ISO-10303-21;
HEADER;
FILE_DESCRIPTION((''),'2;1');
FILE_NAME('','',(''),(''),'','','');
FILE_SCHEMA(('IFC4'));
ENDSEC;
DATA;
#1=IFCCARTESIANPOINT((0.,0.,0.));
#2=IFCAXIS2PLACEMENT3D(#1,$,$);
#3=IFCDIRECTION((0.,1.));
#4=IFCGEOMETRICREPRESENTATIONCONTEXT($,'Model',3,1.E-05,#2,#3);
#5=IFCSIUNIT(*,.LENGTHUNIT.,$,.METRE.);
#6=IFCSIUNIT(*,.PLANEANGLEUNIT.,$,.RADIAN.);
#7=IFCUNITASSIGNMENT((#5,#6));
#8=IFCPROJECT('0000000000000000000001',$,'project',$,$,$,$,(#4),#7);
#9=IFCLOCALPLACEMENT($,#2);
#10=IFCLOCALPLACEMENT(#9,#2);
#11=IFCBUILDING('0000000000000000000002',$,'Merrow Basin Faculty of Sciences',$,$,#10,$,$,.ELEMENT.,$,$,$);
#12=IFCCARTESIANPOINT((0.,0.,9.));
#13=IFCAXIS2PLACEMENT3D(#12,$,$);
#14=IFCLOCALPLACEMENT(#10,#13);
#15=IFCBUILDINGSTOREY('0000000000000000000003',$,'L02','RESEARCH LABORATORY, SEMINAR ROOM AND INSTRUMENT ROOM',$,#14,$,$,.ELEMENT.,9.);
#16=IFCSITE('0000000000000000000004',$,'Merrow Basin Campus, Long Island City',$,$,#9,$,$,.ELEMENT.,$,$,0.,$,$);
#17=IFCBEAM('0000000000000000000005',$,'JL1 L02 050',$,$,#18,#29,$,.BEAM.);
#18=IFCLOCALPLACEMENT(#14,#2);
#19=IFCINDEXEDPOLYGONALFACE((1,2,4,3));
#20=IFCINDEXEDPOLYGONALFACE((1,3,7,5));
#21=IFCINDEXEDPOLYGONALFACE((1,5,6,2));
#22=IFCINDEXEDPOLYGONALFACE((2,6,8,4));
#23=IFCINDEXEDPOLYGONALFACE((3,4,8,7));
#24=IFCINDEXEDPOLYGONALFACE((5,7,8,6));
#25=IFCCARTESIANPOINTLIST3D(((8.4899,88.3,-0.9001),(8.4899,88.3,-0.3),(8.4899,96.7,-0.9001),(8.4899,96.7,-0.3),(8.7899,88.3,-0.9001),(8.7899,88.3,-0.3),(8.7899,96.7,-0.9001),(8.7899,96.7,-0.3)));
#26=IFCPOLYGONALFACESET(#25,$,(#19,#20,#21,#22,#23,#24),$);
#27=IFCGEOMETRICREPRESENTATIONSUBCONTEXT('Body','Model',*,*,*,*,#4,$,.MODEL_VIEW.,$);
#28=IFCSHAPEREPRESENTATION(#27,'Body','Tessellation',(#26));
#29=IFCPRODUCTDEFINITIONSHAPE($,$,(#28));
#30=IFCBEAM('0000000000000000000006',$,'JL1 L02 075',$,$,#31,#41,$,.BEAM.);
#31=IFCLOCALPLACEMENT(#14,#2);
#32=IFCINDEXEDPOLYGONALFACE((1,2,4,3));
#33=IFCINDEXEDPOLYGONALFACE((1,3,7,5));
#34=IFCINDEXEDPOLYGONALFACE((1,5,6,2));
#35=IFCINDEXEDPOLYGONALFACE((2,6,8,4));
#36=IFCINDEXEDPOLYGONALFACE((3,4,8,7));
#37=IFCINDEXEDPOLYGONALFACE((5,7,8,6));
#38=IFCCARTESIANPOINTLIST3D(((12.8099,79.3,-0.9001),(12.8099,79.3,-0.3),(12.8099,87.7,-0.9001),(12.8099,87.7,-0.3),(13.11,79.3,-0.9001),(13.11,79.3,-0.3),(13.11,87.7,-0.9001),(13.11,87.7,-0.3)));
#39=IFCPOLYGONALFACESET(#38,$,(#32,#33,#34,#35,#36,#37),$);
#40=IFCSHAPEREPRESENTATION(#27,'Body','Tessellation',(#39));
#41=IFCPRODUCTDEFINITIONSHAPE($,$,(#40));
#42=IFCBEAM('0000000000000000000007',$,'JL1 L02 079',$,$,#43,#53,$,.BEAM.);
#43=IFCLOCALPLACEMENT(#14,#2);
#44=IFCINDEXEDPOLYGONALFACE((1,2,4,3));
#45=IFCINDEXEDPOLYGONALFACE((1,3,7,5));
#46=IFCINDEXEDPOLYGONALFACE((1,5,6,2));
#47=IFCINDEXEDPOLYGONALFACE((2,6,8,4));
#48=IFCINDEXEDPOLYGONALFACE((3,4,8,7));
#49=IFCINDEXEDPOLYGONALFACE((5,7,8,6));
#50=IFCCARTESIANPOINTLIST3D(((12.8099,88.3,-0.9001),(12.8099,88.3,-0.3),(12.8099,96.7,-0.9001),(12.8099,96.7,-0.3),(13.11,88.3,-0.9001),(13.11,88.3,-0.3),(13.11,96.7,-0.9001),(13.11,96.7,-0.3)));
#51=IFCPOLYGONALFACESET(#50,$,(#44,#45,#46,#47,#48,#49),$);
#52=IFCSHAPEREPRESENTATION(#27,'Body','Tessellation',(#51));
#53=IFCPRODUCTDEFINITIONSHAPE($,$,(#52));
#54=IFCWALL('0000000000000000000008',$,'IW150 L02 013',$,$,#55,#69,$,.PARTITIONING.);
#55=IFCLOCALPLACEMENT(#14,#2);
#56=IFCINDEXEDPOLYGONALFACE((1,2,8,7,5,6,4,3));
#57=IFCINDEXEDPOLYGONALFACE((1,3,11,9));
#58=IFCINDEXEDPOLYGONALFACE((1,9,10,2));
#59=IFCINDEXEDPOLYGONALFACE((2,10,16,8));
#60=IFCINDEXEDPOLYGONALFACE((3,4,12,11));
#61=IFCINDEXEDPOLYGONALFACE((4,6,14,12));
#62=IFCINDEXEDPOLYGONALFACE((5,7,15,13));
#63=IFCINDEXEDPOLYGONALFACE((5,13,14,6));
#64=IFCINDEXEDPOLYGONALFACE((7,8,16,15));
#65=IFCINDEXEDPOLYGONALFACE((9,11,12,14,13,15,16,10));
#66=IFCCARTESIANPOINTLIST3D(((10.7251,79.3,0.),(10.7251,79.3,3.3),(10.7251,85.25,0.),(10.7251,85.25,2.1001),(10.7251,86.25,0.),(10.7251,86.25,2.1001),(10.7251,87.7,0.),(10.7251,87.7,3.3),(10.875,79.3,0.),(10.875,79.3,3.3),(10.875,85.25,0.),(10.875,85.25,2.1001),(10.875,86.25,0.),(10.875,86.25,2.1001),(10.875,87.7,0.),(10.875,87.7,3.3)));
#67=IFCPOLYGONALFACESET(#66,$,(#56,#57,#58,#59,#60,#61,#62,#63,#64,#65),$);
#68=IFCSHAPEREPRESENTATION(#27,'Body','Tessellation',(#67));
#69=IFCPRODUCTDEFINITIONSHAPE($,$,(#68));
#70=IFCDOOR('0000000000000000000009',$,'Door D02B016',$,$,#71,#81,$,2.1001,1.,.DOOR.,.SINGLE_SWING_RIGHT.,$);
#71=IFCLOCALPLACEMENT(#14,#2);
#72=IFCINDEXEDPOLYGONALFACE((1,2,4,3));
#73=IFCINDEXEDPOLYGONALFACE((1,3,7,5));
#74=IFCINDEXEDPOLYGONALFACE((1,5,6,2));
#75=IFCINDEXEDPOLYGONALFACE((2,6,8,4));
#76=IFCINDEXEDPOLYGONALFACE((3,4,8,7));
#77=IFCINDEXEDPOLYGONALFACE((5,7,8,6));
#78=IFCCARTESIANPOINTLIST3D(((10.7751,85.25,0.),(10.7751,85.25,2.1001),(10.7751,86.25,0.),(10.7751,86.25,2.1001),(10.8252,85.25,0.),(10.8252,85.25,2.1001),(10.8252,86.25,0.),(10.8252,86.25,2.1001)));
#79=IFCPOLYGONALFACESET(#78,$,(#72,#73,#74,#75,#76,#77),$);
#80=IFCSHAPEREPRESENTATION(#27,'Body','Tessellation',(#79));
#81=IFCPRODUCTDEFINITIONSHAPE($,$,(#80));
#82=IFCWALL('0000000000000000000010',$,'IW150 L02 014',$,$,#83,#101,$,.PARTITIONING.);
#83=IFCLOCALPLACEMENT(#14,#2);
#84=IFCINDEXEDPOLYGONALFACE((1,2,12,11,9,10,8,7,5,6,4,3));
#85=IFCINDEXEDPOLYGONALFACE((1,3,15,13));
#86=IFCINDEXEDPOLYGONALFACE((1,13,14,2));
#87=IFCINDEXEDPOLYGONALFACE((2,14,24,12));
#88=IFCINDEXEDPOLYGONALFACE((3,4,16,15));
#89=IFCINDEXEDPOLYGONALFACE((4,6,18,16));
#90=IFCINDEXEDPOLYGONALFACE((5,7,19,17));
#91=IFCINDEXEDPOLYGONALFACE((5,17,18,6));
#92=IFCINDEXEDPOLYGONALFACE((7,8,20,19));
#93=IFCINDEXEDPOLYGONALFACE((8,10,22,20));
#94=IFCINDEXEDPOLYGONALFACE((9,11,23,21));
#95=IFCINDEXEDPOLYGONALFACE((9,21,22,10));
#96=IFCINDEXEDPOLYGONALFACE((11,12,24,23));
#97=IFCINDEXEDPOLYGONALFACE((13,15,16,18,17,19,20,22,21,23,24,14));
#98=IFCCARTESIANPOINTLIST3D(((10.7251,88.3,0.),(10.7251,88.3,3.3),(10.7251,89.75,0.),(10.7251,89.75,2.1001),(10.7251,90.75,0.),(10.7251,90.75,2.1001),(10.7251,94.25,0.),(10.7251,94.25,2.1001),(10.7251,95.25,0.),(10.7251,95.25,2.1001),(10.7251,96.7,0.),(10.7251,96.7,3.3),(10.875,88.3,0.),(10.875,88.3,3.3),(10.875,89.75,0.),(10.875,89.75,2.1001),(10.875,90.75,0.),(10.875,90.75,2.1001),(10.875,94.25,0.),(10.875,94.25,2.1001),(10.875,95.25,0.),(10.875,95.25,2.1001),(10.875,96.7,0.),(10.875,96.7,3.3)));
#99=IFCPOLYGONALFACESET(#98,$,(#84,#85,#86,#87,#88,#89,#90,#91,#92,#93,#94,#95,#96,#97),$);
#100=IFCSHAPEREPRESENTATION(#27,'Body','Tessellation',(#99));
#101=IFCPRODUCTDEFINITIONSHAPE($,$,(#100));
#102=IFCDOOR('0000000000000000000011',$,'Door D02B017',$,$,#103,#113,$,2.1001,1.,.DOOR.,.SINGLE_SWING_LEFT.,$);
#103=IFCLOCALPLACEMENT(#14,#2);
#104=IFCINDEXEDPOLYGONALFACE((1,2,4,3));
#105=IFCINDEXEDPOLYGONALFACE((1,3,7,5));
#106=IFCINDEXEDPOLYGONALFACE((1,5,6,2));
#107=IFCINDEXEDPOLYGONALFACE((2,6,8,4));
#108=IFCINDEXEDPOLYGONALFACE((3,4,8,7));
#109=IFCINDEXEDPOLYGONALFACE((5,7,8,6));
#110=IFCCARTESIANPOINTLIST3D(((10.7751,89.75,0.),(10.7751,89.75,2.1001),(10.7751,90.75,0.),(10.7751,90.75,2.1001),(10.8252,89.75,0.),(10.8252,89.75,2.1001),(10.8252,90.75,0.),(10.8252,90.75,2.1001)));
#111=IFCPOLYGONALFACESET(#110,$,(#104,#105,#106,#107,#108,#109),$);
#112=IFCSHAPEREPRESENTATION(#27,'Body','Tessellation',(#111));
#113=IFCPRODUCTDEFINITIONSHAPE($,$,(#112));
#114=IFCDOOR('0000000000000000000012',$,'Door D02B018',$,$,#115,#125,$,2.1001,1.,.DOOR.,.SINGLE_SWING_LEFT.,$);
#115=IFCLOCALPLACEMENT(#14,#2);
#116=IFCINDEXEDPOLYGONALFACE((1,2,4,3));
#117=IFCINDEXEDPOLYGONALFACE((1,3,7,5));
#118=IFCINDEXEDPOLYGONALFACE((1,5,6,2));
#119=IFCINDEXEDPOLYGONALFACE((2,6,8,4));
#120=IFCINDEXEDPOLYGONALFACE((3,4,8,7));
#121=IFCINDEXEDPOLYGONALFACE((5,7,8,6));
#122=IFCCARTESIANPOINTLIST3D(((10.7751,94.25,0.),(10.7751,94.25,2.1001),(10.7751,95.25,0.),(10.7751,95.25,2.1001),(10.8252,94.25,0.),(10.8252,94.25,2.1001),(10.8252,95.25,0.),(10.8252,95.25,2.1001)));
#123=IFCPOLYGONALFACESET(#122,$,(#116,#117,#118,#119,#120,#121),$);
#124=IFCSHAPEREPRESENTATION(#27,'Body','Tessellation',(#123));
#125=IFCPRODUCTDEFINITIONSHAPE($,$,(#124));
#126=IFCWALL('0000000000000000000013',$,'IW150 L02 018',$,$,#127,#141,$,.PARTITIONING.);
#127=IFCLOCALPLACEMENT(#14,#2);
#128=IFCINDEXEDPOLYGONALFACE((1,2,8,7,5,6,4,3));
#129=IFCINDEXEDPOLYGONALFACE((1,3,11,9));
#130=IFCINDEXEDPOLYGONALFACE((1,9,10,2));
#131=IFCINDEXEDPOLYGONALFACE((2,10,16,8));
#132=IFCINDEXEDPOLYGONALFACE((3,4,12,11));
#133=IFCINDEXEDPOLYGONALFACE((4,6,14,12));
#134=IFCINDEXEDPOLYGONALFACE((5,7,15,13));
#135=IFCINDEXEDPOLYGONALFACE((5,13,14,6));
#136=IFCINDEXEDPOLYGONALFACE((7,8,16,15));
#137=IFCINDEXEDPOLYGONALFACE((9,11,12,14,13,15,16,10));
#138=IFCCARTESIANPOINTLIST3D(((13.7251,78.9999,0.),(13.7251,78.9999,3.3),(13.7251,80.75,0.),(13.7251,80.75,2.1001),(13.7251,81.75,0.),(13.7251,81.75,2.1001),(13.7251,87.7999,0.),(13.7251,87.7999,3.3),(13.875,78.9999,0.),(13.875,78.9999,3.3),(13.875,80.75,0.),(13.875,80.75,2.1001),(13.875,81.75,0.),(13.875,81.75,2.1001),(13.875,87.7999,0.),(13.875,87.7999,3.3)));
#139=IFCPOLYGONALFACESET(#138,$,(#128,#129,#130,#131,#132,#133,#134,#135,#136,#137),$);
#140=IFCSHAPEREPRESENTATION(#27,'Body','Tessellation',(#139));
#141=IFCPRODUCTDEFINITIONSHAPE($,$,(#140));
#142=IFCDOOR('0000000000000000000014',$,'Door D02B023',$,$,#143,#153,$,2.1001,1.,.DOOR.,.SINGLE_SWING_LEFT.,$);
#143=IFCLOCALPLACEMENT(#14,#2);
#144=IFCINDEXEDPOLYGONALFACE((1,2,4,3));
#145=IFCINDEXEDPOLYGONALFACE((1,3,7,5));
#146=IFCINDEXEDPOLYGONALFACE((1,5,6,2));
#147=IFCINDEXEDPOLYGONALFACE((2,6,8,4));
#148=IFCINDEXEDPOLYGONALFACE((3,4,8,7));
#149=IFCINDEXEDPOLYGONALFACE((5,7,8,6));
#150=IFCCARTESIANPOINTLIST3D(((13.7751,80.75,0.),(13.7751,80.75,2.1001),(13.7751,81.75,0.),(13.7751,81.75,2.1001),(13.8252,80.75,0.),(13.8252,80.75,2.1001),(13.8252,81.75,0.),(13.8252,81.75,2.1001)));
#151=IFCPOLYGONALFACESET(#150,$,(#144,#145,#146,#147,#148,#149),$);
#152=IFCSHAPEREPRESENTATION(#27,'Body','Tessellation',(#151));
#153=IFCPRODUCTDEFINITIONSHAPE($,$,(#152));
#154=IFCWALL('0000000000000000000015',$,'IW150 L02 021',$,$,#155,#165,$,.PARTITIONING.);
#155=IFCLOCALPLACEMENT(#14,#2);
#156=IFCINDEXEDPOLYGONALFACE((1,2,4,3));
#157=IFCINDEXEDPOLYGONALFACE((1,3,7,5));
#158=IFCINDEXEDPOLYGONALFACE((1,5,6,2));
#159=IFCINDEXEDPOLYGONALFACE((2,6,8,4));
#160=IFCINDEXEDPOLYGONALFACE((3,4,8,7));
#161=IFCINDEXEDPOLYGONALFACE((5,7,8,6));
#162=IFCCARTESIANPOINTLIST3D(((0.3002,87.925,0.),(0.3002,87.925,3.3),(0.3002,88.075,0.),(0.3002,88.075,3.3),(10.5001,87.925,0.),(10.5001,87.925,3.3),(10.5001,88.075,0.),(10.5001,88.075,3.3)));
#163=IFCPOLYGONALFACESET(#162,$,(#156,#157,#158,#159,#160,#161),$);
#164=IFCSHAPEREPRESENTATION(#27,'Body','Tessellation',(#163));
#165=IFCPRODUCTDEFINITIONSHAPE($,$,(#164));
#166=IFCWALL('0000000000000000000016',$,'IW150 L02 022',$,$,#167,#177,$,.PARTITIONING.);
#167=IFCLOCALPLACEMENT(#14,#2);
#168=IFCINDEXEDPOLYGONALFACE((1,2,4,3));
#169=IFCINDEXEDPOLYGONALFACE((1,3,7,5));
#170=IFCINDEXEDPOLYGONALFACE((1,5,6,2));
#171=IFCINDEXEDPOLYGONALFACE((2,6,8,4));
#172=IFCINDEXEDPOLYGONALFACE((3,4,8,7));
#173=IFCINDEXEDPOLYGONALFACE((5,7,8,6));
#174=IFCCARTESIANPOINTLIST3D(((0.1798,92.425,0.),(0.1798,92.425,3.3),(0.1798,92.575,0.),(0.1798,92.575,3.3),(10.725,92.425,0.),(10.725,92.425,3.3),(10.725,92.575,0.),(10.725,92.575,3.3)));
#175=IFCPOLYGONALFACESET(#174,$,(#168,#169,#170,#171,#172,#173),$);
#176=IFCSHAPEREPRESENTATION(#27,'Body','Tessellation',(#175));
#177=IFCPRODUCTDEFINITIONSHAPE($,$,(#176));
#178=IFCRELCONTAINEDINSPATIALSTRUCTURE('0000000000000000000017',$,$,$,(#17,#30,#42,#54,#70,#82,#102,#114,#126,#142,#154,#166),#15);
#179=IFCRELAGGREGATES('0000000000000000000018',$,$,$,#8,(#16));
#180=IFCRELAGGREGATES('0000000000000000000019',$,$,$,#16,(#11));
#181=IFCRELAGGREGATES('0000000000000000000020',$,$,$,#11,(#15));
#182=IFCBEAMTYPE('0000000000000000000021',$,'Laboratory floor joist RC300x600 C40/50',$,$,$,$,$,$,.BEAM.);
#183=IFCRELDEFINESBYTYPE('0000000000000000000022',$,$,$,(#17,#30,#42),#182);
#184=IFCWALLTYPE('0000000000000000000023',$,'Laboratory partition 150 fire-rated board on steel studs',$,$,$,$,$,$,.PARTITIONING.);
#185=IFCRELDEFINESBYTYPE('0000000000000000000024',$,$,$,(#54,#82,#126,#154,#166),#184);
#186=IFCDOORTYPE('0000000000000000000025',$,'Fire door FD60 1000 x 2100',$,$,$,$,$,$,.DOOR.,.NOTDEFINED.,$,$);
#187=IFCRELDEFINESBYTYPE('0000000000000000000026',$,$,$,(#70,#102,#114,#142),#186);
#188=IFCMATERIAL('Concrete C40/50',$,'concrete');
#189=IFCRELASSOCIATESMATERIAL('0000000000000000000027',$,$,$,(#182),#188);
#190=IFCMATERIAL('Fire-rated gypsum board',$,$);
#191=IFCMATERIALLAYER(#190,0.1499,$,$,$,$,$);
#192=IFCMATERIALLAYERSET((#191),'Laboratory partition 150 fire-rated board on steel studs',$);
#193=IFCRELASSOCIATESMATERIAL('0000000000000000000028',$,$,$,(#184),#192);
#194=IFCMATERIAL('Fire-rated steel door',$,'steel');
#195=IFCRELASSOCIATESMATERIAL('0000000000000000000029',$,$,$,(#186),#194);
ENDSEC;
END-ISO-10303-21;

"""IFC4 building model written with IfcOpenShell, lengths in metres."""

from ifc_helpers import new_model, si_unit, direction, frame, frame_2d, origin, origin_2d, place, context, subcontext, project, spatial, rectangle, extrude, material, layer, layer_set, material_profile, profile_set, type_object, element, fill, save


model = new_model("IFC4")

# Units and contexts
model_context = context("Model", 3, precision=1e-05, world=origin(), true_north=direction((0.0, 1.0)))
body_context = subcontext(model_context, "Body", "Model", "MODEL_VIEW")
ifc_project = project(units=[si_unit("LENGTHUNIT", "METRE"), si_unit("PLANEANGLEUNIT", "RADIAN")], contexts=[model_context])

# Site, building, storey
site_placement = place(None, origin())
site = spatial("IfcSite", under=ifc_project, at=site_placement, Name="Merrow Basin Campus, Long Island City", CompositionType="ELEMENT", RefElevation=0.0)
building_placement = place(site_placement, origin())
building = spatial("IfcBuilding", under=site, at=building_placement, Name="Merrow Basin Faculty of Sciences", CompositionType="ELEMENT")
storey_placement = place(building_placement, frame((0.0, 0.0, 9.0)))
storey = spatial("IfcBuildingStorey", under=building, at=storey_placement, Name="L02", Description="RESEARCH LABORATORY, SEMINAR ROOM AND INSTRUMENT ROOM", CompositionType="ELEMENT", Elevation=9.0)

# Beams
ifc_material_1 = material(Name="Concrete C40/50", Category="concrete")
ifc_material_profile_1 = material_profile(ifc_material_1, rectangle(XDim=0.3, YDim=0.6001, at=origin_2d()))
ifc_profile_set_1 = profile_set([ifc_material_profile_1], Name="Concrete C40/50")
beam_type_1 = type_object("IfcBeamType", Name="Laboratory floor joist RC300x600 C40/50", PredefinedType="BEAM", material=ifc_profile_set_1)
for number, where, z_axis, x_axis, name in (
    (1, (8.6399, 88.3, -0.6001), (0.0, 1.0, 0.0), (-1.0, 0.0, 0.0), "JL1 L02 050"),
    (2, (12.96, 79.3, -0.6001), (0.0, 1.0, 0.0), (-1.0, 0.0, 0.0), "JL1 L02 075"),
    (3, (12.96, 88.3, -0.6001), (0.0, 1.0, 0.0), (-1.0, 0.0, 0.0), "JL1 L02 079"),
):
    element("IfcBeam", number, at=place(storey_placement, frame(where, z_axis=z_axis, x_axis=x_axis)), inside=storey, type_object=beam_type_1, Name=name, PredefinedType="BEAM", context=body_context, shape_type="SweptSolid", body=[
        extrude(rectangle(XDim=0.3, YDim=0.6001, at=origin_2d()), origin(), (0.0, 0.0, 1.0), 8.3999),
    ])

# Wall, opening, door
ifc_material_2 = material(Name="Fire-rated gypsum board")
ifc_layer_1 = layer(ifc_material_2, 0.1499)
ifc_layer_set_1 = layer_set([ifc_layer_1], Name="Laboratory partition 150 fire-rated board on steel studs")
wall_type_1 = type_object("IfcWallType", Name="Laboratory partition 150 fire-rated board on steel studs", PredefinedType="PARTITIONING", material=ifc_layer_set_1)
wall_1_placement = place(storey_placement, frame((10.8, 79.3, 0.0), z_axis=(0.0, 0.0, 1.0), x_axis=(0.0, 1.0, 0.0)))
wall_1 = element("IfcWall", 4, at=wall_1_placement, inside=storey, type_object=wall_type_1, Name="IW150 L02 013", PredefinedType="PARTITIONING", context=body_context, shape_type="SweptSolid", body=[
    extrude(rectangle(XDim=8.3999, YDim=0.1499, at=frame_2d((4.2, 0.0))), origin(), (0.0, 0.0, 1.0), 3.3),
])
opening_1_placement = place(wall_1_placement, frame((5.95, 0.0, 0.0)))
opening_1 = element("IfcOpeningElement", 5, at=opening_1_placement, cuts=wall_1, PredefinedType="OPENING", context=body_context, shape_type="SweptSolid", body=[
    extrude(rectangle(XDim=1.0, YDim=2.1001, at=frame_2d((0.5, 1.05))), frame((0.0, 0.085, 0.0), z_axis=(0.0, -1.0, 0.0), x_axis=(1.0, 0.0, 0.0)), (0.0, 0.0, 1.0), 0.1699),
])
ifc_material_3 = material(Name="Fire-rated steel door", Category="steel")
door_type = type_object("IfcDoorType", Name="Fire door FD60 1000 x 2100", OperationType="NOTDEFINED", PredefinedType="DOOR", material=ifc_material_3)
door_1_placement = place(opening_1_placement, origin())
door_1 = element("IfcDoor", 6, at=door_1_placement, inside=storey, type_object=door_type, Name="Door D02B016", OperationType="SINGLE_SWING_RIGHT", OverallHeight=2.1001, OverallWidth=1.0, PredefinedType="DOOR", context=body_context, shape_type="SweptSolid", body=[
    extrude(rectangle(XDim=1.0, YDim=2.1001, at=frame_2d((0.5, 1.05))), frame((0.0, 0.0249, 0.0), z_axis=(0.0, -1.0, 0.0), x_axis=(1.0, 0.0, 0.0)), (0.0, 0.0, 1.0), 0.05),
])
fill(opening_1, door_1)

# Wall, openings, doors
wall_2_placement = place(storey_placement, frame((10.8, 88.3, 0.0), z_axis=(0.0, 0.0, 1.0), x_axis=(0.0, 1.0, 0.0)))
wall_2 = element("IfcWall", 7, at=wall_2_placement, inside=storey, type_object=wall_type_1, Name="IW150 L02 014", PredefinedType="PARTITIONING", context=body_context, shape_type="SweptSolid", body=[
    extrude(rectangle(XDim=8.3999, YDim=0.1499, at=frame_2d((4.2, 0.0))), origin(), (0.0, 0.0, 1.0), 3.3),
])
opening_2_placement = place(wall_2_placement, frame((1.45, 0.0, 0.0)))
opening_2 = element("IfcOpeningElement", 8, at=opening_2_placement, cuts=wall_2, PredefinedType="OPENING", context=body_context, shape_type="SweptSolid", body=[
    extrude(rectangle(XDim=1.0, YDim=2.1001, at=frame_2d((0.5, 1.05))), frame((0.0, 0.085, 0.0), z_axis=(0.0, -1.0, 0.0), x_axis=(1.0, 0.0, 0.0)), (0.0, 0.0, 1.0), 0.1699),
])
opening_3_placement = place(wall_2_placement, frame((5.95, 0.0, 0.0)))
opening_3 = element("IfcOpeningElement", 9, at=opening_3_placement, cuts=wall_2, PredefinedType="OPENING", context=body_context, shape_type="SweptSolid", body=[
    extrude(rectangle(XDim=1.0, YDim=2.1001, at=frame_2d((0.5, 1.05))), frame((0.0, 0.085, 0.0), z_axis=(0.0, -1.0, 0.0), x_axis=(1.0, 0.0, 0.0)), (0.0, 0.0, 1.0), 0.1699),
])
door_2_placement = place(opening_2_placement, origin())
door_2 = element("IfcDoor", 10, at=door_2_placement, inside=storey, type_object=door_type, Name="Door D02B017", OperationType="SINGLE_SWING_LEFT", OverallHeight=2.1001, OverallWidth=1.0, PredefinedType="DOOR", context=body_context, shape_type="SweptSolid", body=[
    extrude(rectangle(XDim=1.0, YDim=2.1001, at=frame_2d((0.5, 1.05))), frame((0.0, 0.0249, 0.0), z_axis=(0.0, -1.0, 0.0), x_axis=(1.0, 0.0, 0.0)), (0.0, 0.0, 1.0), 0.05),
])
fill(opening_2, door_2)
door_3_placement = place(opening_3_placement, origin())
door_3 = element("IfcDoor", 11, at=door_3_placement, inside=storey, type_object=door_type, Name="Door D02B018", OperationType="SINGLE_SWING_LEFT", OverallHeight=2.1001, OverallWidth=1.0, PredefinedType="DOOR", context=body_context, shape_type="SweptSolid", body=[
    extrude(rectangle(XDim=1.0, YDim=2.1001, at=frame_2d((0.5, 1.05))), frame((0.0, 0.0249, 0.0), z_axis=(0.0, -1.0, 0.0), x_axis=(1.0, 0.0, 0.0)), (0.0, 0.0, 1.0), 0.05),
])
fill(opening_3, door_3)

# Wall, opening, door
wall_3_placement = place(storey_placement, frame((13.8, 79.0, 0.0), z_axis=(0.0, 0.0, 1.0), x_axis=(0.0, 1.0, 0.0)))
wall_3 = element("IfcWall", 12, at=wall_3_placement, inside=storey, type_object=wall_type_1, Name="IW150 L02 018", PredefinedType="PARTITIONING", context=body_context, shape_type="SweptSolid", body=[
    extrude(rectangle(XDim=8.8, YDim=0.1499, at=frame_2d((4.3999, 0.0))), origin(), (0.0, 0.0, 1.0), 3.3),
])
opening_4_placement = place(wall_3_placement, frame((1.75, 0.0, 0.0)))
opening_4 = element("IfcOpeningElement", 13, at=opening_4_placement, cuts=wall_3, PredefinedType="OPENING", context=body_context, shape_type="SweptSolid", body=[
    extrude(rectangle(XDim=1.0, YDim=2.1001, at=frame_2d((0.5, 1.05))), frame((0.0, 0.085, 0.0), z_axis=(0.0, -1.0, 0.0), x_axis=(1.0, 0.0, 0.0)), (0.0, 0.0, 1.0), 0.1699),
])
door_4_placement = place(opening_4_placement, origin())
door_4 = element("IfcDoor", 14, at=door_4_placement, inside=storey, type_object=door_type, Name="Door D02B023", OperationType="SINGLE_SWING_LEFT", OverallHeight=2.1001, OverallWidth=1.0, PredefinedType="DOOR", context=body_context, shape_type="SweptSolid", body=[
    extrude(rectangle(XDim=1.0, YDim=2.1001, at=frame_2d((0.5, 1.05))), frame((0.0, 0.0249, 0.0), z_axis=(0.0, -1.0, 0.0), x_axis=(1.0, 0.0, 0.0)), (0.0, 0.0, 1.0), 0.05),
])
fill(opening_4, door_4)

# Walls
wall_4_placement = place(storey_placement, frame((0.3, 88.0, 0.0), z_axis=(0.0, 0.0, 1.0), x_axis=(1.0, 0.0, 0.0)))
element("IfcWall", 15, at=wall_4_placement, inside=storey, type_object=wall_type_1, Name="IW150 L02 021", PredefinedType="PARTITIONING", context=body_context, shape_type="SweptSolid", body=[
    extrude(rectangle(XDim=10.2, YDim=0.1499, at=frame_2d((5.1001, 0.0))), origin(), (0.0, 0.0, 1.0), 3.3),
])
wall_5_placement = place(storey_placement, frame((0.1799, 92.5, 0.0), z_axis=(0.0, 0.0, 1.0), x_axis=(1.0, 0.0, 0.0)))
element("IfcWall", 16, at=wall_5_placement, inside=storey, type_object=wall_type_1, Name="IW150 L02 022", PredefinedType="PARTITIONING", context=body_context, shape_type="SweptSolid", body=[
    extrude(rectangle(XDim=10.5452, YDim=0.1499, at=frame_2d((5.2725, 0.0))), origin(), (0.0, 0.0, 1.0), 3.3),
])

save(model, "model.ifc")
